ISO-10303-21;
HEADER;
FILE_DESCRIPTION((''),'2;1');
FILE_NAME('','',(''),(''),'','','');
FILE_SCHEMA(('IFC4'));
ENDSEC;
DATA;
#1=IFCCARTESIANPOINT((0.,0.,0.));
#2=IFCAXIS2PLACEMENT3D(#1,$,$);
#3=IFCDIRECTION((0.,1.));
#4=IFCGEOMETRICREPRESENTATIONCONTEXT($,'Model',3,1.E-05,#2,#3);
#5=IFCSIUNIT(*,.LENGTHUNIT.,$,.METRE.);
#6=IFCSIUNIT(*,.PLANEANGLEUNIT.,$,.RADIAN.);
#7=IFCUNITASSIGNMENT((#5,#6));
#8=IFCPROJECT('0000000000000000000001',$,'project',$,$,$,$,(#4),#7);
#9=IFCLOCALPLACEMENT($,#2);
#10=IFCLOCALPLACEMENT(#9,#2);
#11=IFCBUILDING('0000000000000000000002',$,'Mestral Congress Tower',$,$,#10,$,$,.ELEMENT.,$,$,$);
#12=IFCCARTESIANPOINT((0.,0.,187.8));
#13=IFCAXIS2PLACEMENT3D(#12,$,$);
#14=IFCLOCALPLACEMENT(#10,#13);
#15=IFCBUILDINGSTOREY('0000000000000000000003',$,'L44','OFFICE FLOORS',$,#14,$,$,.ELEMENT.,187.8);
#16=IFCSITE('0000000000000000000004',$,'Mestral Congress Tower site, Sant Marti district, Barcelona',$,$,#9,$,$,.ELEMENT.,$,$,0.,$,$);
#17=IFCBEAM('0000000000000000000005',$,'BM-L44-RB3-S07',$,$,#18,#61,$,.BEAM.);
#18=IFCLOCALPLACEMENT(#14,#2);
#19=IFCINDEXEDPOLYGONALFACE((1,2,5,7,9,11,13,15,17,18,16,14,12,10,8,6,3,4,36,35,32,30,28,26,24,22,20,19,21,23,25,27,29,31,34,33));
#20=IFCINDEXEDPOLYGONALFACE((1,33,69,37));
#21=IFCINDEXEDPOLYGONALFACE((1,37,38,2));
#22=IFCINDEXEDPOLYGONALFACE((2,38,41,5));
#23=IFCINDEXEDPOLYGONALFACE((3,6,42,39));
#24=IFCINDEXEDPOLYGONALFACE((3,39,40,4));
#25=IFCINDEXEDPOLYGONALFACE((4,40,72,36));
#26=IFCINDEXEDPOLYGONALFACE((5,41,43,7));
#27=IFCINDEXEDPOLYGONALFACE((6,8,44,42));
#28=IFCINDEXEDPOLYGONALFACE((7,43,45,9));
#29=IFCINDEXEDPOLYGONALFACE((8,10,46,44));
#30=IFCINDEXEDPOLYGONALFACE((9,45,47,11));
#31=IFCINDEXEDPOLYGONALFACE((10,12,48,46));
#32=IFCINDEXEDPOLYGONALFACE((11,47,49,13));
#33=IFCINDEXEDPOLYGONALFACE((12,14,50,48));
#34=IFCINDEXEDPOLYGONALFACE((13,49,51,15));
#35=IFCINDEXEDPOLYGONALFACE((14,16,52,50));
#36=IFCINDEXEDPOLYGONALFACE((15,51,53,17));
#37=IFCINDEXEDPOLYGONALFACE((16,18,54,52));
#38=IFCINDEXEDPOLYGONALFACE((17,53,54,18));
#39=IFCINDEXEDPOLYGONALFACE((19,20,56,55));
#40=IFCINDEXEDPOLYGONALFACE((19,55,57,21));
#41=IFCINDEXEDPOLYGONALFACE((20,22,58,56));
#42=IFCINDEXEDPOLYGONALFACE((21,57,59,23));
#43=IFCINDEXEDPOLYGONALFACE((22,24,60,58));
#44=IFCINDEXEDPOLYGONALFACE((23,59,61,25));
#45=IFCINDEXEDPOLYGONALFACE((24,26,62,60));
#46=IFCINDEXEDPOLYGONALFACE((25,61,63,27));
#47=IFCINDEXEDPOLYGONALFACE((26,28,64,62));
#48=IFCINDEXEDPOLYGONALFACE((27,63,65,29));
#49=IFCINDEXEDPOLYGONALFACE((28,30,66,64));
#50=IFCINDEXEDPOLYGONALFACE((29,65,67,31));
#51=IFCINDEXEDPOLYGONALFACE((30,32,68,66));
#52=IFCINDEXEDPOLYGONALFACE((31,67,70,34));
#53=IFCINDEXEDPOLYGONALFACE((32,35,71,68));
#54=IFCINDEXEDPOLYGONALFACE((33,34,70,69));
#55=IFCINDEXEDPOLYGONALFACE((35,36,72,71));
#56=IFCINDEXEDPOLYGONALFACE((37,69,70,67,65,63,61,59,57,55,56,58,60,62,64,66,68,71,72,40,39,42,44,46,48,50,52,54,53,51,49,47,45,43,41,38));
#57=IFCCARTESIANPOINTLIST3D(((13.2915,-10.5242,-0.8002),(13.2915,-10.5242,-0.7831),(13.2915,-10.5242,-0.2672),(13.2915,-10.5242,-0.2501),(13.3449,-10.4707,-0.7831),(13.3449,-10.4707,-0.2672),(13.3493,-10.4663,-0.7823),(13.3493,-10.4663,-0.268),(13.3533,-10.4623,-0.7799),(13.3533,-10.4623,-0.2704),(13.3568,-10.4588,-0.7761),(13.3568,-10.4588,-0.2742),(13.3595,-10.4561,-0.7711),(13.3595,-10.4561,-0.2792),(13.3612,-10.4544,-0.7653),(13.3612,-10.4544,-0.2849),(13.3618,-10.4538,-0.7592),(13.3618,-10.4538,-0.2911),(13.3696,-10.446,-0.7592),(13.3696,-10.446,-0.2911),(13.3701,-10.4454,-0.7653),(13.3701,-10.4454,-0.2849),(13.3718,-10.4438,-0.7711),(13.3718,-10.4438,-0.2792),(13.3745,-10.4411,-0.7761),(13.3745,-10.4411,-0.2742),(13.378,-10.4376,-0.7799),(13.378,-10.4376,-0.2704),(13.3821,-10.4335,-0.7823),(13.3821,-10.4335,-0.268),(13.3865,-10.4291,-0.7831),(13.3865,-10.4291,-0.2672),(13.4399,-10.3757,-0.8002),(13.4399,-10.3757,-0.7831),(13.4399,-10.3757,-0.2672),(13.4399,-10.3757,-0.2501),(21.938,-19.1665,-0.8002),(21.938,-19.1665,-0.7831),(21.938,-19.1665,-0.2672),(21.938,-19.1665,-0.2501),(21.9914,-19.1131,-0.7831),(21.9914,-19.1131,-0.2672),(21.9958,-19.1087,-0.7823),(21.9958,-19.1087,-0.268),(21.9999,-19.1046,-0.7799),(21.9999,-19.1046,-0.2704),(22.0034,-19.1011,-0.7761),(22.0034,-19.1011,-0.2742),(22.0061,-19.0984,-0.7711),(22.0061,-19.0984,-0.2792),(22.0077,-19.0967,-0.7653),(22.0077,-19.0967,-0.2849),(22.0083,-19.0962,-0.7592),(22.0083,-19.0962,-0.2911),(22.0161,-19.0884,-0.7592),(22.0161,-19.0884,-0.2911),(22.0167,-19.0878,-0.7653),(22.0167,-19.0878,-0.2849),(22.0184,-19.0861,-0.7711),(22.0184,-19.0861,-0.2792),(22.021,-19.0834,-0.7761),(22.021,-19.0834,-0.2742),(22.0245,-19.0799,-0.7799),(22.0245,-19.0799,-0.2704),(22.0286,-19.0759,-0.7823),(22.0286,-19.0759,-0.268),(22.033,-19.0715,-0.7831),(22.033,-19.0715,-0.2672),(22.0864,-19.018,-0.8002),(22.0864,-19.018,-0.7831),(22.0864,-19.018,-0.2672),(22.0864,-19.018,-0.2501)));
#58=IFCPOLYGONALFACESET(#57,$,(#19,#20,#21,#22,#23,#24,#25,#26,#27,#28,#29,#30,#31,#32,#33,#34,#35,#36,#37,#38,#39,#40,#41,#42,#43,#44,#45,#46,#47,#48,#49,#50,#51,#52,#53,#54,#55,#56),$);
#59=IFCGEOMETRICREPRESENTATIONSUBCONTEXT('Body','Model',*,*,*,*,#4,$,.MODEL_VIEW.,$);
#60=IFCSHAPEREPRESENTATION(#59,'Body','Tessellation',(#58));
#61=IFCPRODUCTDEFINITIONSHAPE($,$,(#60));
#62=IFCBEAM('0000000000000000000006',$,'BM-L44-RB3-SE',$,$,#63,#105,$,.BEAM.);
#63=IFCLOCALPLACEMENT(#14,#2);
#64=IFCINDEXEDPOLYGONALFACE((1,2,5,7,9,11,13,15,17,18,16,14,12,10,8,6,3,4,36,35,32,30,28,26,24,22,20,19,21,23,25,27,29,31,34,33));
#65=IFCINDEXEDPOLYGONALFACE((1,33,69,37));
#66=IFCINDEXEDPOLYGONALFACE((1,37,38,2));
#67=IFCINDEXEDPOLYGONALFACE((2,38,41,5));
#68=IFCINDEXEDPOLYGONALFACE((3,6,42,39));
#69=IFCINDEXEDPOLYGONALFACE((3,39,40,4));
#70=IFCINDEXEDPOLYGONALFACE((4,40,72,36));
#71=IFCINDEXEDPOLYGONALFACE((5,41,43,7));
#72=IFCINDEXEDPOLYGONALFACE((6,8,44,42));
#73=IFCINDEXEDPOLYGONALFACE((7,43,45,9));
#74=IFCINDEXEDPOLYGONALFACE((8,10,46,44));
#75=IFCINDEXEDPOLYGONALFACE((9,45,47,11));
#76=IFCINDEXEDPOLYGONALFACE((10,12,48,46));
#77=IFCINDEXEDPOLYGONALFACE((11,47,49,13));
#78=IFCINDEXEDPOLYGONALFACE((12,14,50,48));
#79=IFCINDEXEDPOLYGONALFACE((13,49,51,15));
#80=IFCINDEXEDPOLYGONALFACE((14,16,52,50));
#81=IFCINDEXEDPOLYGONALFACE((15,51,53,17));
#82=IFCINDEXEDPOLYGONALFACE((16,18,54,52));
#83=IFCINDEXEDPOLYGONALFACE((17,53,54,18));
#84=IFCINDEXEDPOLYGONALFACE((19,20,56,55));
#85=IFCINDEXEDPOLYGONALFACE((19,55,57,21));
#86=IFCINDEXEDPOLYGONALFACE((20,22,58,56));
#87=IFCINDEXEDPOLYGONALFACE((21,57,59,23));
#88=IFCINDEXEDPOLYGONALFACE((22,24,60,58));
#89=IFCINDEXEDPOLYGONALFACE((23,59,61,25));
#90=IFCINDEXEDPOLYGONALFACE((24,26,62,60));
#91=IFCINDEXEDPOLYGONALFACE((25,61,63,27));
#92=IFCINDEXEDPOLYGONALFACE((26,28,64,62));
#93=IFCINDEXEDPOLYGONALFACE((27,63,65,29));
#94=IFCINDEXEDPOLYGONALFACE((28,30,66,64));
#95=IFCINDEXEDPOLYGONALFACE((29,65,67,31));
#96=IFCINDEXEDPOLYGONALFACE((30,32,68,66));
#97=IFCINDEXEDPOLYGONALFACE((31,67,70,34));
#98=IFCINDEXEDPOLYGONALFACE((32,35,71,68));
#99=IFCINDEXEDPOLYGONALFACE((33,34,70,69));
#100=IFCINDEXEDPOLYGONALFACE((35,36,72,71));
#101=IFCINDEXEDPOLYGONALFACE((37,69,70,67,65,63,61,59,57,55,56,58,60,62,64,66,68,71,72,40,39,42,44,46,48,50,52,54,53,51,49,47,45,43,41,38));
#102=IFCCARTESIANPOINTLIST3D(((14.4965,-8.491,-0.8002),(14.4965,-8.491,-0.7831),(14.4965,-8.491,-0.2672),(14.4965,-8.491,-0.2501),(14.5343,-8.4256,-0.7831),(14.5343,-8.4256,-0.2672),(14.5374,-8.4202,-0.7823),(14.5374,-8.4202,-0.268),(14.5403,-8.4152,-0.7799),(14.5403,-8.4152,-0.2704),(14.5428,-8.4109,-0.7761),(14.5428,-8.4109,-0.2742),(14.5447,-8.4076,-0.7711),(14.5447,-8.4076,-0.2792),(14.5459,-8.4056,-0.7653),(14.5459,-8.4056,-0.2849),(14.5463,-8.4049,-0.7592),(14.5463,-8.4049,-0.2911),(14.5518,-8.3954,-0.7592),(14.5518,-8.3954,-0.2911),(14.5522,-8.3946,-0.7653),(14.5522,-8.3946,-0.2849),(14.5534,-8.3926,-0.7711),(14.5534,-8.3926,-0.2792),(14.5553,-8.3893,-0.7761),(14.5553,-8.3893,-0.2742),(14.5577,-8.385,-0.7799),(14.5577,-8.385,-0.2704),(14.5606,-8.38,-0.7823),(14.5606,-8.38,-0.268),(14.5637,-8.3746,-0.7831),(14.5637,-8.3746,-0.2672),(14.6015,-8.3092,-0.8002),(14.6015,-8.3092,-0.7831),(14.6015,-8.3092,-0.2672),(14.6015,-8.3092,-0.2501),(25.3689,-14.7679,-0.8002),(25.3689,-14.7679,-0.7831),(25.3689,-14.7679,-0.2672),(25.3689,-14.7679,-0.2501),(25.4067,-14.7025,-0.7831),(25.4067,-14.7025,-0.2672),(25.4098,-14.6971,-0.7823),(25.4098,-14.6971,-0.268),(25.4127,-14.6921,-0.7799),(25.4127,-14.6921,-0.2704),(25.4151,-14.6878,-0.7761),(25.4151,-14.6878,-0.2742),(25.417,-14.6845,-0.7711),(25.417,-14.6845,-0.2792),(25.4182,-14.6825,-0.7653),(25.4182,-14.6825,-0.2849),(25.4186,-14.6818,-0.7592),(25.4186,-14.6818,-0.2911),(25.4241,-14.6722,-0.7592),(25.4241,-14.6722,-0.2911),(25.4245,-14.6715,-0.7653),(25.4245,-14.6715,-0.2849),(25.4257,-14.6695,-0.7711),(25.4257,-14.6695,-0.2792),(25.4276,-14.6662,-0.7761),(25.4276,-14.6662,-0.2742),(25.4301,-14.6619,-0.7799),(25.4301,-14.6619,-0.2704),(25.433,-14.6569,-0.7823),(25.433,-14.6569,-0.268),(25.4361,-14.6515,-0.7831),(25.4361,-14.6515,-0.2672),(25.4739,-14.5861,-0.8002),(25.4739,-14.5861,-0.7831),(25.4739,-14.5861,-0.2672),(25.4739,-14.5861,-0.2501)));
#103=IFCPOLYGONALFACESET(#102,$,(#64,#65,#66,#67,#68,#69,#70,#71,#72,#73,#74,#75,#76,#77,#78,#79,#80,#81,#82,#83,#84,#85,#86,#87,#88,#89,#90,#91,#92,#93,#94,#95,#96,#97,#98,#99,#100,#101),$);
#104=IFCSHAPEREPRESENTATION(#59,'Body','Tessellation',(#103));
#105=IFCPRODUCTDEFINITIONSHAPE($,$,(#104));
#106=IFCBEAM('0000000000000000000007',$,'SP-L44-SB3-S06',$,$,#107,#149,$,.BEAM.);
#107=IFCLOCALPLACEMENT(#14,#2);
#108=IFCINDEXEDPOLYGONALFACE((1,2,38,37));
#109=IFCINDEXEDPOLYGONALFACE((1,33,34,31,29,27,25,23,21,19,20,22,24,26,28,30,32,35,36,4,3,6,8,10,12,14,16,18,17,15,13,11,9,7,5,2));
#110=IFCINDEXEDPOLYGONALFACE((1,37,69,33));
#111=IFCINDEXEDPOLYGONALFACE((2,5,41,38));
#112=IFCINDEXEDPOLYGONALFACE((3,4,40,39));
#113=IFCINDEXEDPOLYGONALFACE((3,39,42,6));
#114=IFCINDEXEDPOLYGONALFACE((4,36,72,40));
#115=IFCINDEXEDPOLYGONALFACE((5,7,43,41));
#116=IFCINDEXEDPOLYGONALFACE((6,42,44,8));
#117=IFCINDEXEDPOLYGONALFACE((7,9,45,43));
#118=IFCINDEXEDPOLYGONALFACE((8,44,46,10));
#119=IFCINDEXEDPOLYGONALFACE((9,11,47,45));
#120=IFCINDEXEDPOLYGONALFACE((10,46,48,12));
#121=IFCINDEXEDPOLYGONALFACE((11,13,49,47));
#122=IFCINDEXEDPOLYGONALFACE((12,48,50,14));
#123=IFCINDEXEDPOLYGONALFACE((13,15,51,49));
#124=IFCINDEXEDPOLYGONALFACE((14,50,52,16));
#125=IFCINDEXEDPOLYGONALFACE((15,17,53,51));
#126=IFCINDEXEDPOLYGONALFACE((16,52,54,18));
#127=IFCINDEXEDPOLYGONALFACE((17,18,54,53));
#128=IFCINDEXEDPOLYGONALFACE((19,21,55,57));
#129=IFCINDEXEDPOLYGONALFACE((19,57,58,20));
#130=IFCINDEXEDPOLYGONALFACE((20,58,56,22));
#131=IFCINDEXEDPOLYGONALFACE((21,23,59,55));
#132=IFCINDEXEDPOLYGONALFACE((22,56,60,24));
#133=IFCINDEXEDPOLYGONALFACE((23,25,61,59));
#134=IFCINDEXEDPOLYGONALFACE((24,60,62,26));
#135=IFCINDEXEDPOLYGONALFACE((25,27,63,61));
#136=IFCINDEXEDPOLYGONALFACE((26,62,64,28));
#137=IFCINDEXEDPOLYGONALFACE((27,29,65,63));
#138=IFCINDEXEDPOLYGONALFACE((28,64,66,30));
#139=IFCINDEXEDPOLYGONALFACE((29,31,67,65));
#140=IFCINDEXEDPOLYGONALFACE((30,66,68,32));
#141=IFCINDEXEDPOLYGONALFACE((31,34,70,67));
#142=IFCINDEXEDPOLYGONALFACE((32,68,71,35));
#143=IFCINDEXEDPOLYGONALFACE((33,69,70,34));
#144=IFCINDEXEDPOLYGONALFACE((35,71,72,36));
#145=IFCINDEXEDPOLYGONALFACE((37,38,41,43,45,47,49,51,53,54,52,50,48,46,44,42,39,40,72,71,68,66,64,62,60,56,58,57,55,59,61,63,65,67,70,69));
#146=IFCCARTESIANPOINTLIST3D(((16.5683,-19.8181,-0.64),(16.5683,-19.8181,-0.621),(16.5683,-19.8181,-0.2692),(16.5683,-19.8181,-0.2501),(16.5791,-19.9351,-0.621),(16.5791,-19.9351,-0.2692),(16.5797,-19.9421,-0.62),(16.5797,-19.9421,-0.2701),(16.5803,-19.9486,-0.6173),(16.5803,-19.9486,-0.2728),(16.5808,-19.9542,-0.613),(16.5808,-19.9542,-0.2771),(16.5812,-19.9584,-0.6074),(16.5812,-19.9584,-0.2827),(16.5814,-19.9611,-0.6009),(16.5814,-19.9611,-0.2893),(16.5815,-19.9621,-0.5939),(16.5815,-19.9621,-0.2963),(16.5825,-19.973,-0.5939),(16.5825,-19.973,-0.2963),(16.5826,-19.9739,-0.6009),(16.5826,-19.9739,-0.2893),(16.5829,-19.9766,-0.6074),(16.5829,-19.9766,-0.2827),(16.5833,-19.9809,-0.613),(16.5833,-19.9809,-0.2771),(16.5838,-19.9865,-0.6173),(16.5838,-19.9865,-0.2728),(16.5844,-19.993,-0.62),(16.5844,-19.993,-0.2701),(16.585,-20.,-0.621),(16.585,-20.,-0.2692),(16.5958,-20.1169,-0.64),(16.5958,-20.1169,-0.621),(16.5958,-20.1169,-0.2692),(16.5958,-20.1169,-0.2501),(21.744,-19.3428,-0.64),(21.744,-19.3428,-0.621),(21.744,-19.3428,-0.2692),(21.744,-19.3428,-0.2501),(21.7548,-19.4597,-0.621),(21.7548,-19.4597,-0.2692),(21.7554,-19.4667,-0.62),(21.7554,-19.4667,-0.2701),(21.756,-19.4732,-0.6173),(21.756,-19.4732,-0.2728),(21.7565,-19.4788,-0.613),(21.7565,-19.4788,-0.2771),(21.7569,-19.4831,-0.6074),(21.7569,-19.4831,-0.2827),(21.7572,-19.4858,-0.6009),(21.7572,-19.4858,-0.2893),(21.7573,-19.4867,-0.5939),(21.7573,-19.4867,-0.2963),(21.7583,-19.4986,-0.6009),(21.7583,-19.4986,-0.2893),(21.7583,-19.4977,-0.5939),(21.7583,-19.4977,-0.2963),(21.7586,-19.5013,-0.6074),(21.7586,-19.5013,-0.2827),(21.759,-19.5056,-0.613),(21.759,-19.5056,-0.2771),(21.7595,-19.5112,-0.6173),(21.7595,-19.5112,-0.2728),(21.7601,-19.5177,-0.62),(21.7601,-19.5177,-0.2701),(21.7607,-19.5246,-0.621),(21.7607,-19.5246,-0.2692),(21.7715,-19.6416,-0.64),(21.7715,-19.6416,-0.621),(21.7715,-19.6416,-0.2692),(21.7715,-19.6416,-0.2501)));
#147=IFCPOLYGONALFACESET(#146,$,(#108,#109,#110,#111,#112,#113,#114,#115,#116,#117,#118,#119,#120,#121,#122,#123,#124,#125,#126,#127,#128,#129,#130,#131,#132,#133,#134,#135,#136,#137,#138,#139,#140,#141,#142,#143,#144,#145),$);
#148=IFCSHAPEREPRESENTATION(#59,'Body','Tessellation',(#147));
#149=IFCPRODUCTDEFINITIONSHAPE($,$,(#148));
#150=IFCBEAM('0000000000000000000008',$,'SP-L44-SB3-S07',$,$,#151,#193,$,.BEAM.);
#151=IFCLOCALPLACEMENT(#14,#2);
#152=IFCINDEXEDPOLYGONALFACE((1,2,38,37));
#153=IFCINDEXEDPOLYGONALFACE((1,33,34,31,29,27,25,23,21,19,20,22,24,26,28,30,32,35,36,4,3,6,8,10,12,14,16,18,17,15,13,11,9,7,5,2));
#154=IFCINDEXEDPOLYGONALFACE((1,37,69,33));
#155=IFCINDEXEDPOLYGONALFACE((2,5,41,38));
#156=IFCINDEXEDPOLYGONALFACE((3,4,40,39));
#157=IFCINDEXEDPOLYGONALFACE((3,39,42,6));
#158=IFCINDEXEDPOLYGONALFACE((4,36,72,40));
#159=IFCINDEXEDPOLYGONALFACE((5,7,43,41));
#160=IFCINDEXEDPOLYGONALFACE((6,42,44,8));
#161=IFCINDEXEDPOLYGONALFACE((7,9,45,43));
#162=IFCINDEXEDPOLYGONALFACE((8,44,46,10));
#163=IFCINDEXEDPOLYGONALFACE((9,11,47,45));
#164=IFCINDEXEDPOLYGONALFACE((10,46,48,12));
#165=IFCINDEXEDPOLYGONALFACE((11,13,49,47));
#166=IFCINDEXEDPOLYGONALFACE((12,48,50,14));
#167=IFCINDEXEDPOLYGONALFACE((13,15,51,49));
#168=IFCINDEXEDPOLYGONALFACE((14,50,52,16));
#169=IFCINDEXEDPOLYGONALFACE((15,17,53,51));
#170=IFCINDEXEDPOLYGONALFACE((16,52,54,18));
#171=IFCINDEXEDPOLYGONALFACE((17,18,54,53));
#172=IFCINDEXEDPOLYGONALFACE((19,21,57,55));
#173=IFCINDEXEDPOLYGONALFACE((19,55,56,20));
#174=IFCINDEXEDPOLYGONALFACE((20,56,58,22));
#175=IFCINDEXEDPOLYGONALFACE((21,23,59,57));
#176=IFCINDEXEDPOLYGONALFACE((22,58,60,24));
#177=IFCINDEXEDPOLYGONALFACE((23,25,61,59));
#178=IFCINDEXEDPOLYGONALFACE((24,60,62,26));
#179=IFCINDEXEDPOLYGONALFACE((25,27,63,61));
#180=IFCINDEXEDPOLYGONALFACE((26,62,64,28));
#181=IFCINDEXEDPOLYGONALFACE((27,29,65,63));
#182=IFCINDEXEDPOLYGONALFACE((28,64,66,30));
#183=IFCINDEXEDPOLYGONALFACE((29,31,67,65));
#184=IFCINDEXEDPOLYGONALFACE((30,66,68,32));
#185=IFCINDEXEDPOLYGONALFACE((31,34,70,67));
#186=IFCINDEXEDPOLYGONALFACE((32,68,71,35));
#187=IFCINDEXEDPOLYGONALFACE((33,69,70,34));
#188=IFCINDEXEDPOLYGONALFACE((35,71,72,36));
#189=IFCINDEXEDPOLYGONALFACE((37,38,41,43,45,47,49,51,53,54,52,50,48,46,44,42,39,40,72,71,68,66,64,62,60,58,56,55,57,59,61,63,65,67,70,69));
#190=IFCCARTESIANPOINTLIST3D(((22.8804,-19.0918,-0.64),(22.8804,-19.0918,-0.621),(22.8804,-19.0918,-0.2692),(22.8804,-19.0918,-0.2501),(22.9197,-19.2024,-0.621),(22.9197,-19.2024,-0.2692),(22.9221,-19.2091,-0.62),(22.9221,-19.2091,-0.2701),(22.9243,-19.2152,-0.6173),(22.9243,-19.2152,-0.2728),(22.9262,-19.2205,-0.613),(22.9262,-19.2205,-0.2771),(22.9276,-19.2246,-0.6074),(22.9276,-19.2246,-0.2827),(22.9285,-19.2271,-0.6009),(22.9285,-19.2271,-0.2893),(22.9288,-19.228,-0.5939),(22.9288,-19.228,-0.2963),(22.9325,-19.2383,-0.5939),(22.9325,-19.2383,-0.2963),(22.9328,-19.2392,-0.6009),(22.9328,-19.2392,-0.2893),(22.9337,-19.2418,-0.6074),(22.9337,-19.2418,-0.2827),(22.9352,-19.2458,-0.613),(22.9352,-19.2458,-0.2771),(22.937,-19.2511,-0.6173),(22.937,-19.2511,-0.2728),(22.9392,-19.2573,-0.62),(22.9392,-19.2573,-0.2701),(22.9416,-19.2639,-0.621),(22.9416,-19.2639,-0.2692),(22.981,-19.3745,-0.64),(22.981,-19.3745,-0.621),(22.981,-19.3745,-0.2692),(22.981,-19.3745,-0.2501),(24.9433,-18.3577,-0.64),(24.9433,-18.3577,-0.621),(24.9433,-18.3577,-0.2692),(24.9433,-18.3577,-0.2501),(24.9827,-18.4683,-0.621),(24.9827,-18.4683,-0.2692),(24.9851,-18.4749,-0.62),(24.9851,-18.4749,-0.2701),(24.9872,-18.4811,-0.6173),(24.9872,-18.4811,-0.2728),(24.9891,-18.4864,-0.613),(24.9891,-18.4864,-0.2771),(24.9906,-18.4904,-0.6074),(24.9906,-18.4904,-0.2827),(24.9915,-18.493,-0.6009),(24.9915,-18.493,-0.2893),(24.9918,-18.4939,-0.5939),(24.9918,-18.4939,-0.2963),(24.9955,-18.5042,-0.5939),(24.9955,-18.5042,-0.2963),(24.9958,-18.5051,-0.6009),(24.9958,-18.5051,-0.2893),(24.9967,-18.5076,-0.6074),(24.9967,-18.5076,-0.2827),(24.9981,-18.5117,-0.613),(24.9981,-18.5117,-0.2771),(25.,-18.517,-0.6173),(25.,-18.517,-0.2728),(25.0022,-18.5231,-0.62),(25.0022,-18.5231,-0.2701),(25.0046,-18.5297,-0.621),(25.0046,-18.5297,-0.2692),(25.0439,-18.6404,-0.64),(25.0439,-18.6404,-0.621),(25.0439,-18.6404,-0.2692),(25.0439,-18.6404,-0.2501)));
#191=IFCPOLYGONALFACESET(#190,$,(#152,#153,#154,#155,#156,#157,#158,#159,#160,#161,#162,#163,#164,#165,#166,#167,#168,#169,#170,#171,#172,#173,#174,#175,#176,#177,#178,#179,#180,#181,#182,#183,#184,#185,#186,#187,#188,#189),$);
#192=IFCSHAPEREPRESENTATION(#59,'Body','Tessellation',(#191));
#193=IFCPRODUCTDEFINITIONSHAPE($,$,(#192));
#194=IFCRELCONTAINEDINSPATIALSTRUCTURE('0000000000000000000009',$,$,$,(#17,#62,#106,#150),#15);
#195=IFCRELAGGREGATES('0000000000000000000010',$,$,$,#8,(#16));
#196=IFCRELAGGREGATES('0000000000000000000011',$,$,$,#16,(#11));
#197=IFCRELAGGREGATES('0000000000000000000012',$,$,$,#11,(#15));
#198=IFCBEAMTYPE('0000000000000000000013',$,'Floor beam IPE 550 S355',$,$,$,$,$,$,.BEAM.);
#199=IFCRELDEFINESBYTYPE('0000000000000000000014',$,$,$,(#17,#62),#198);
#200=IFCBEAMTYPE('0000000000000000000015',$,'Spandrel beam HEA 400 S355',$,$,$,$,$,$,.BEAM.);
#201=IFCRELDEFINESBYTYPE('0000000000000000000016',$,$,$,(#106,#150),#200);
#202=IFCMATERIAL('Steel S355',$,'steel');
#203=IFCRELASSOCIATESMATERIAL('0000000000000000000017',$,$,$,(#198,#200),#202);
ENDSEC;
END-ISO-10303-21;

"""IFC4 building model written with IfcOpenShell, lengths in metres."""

from ifc_helpers import new_model, si_unit, direction, frame, origin, origin_2d, place, context, subcontext, project, spatial, i_section, extrude, material, material_profile, profile_set, type_object, element, save


model = new_model("IFC4")

# Units and contexts
model_context = context("Model", 3, precision=1e-05, world=origin(), true_north=direction((0.0, 1.0)))
body_context = subcontext(model_context, "Body", "Model", "MODEL_VIEW")
ifc_project = project(units=[si_unit("LENGTHUNIT", "METRE"), si_unit("PLANEANGLEUNIT", "RADIAN")], contexts=[model_context])

# Site, building, storey
site_placement = place(None, origin())
site = spatial("IfcSite", under=ifc_project, at=site_placement, Name="Mestral Congress Tower site, Sant Marti district, Barcelona", CompositionType="ELEMENT", RefElevation=0.0)
building_placement = place(site_placement, origin())
building = spatial("IfcBuilding", under=site, at=building_placement, Name="Mestral Congress Tower", CompositionType="ELEMENT")
storey_placement = place(building_placement, frame((0.0, 0.0, 187.8)))
storey = spatial("IfcBuildingStorey", under=building, at=storey_placement, Name="L44", Description="OFFICE FLOORS", CompositionType="ELEMENT", Elevation=187.8)

# Beams
ifc_material_1 = material(Name="Steel S355", Category="steel")
ifc_material_profile_1 = material_profile(ifc_material_1, i_section(OverallWidth=0.21, OverallDepth=0.55, WebThickness=0.011, FlangeThickness=0.0171, FilletRadius=0.0239, at=origin_2d()), Name="IPE 550")
ifc_profile_set_1 = profile_set([ifc_material_profile_1], Name="Steel S355")
beam_type_1 = type_object("IfcBeamType", Name="Floor beam IPE 550 S355", PredefinedType="BEAM", material=ifc_profile_set_1)
beam_1_placement = place(storey_placement, frame((22.0122, -19.0923, -0.5251), z_axis=(-0.707277, 0.706937, 0.0), x_axis=(-0.706937, -0.707277, 0.0)))
element("IfcBeam", 1, at=beam_1_placement, inside=storey, type_object=beam_type_1, Name="BM-L44-RB3-S07", PredefinedType="BEAM", context=body_context, shape_type="SweptSolid", body=[
    extrude(i_section(OverallWidth=0.21, OverallDepth=0.55, WebThickness=0.011, FlangeThickness=0.0171, FilletRadius=0.0239, at=origin_2d()), origin(), (0.0, 0.0, 1.0), 12.2251),
])
beam_2_placement = place(storey_placement, frame((25.4214, -14.677, -0.5251), z_axis=(-0.866035, 0.499983, 0.0), x_axis=(-0.499983, -0.866035, 0.0)))
element("IfcBeam", 2, at=beam_2_placement, inside=storey, type_object=beam_type_1, Name="BM-L44-RB3-SE", PredefinedType="BEAM", context=body_context, shape_type="SweptSolid", body=[
    extrude(i_section(OverallWidth=0.21, OverallDepth=0.55, WebThickness=0.011, FlangeThickness=0.0171, FilletRadius=0.0239, at=origin_2d()), origin(), (0.0, 0.0, 1.0), 12.5542),
])
ifc_material_profile_2 = material_profile(ifc_material_1, i_section(OverallWidth=0.3, OverallDepth=0.3899, WebThickness=0.011, FlangeThickness=0.019, FilletRadius=0.0271, at=origin_2d()), Name="HEA 400")
ifc_profile_set_2 = profile_set([ifc_material_profile_2], Name="Steel S355")
beam_type_2 = type_object("IfcBeamType", Name="Spandrel beam HEA 400 S355", PredefinedType="BEAM", material=ifc_profile_set_2)
beam_3_placement = place(storey_placement, frame((16.582, -19.9675, -0.4451), z_axis=(0.995809, 0.091455, 0.0), x_axis=(-0.091455, 0.995809, 0.0)))
element("IfcBeam", 3, at=beam_3_placement, inside=storey, type_object=beam_type_2, Name="SP-L44-SB3-S06", PredefinedType="BEAM", context=body_context, shape_type="SweptSolid", body=[
    extrude(i_section(OverallWidth=0.3, OverallDepth=0.3899, WebThickness=0.011, FlangeThickness=0.019, FilletRadius=0.0271, at=origin_2d()), origin(), (0.0, 0.0, 1.0), 5.1975),
])
beam_4_placement = place(storey_placement, frame((22.9307, -19.2332, -0.4451), z_axis=(0.942125, 0.335263, 0.0), x_axis=(-0.335263, 0.942125, 0.0)))
element("IfcBeam", 4, at=beam_4_placement, inside=storey, type_object=beam_type_2, Name="SP-L44-SB3-S07", PredefinedType="BEAM", context=body_context, shape_type="SweptSolid", body=[
    extrude(i_section(OverallWidth=0.3, OverallDepth=0.3899, WebThickness=0.011, FlangeThickness=0.019, FilletRadius=0.0271, at=origin_2d()), origin(), (0.0, 0.0, 1.0), 2.1897),
])

save(model, "model.ifc")
